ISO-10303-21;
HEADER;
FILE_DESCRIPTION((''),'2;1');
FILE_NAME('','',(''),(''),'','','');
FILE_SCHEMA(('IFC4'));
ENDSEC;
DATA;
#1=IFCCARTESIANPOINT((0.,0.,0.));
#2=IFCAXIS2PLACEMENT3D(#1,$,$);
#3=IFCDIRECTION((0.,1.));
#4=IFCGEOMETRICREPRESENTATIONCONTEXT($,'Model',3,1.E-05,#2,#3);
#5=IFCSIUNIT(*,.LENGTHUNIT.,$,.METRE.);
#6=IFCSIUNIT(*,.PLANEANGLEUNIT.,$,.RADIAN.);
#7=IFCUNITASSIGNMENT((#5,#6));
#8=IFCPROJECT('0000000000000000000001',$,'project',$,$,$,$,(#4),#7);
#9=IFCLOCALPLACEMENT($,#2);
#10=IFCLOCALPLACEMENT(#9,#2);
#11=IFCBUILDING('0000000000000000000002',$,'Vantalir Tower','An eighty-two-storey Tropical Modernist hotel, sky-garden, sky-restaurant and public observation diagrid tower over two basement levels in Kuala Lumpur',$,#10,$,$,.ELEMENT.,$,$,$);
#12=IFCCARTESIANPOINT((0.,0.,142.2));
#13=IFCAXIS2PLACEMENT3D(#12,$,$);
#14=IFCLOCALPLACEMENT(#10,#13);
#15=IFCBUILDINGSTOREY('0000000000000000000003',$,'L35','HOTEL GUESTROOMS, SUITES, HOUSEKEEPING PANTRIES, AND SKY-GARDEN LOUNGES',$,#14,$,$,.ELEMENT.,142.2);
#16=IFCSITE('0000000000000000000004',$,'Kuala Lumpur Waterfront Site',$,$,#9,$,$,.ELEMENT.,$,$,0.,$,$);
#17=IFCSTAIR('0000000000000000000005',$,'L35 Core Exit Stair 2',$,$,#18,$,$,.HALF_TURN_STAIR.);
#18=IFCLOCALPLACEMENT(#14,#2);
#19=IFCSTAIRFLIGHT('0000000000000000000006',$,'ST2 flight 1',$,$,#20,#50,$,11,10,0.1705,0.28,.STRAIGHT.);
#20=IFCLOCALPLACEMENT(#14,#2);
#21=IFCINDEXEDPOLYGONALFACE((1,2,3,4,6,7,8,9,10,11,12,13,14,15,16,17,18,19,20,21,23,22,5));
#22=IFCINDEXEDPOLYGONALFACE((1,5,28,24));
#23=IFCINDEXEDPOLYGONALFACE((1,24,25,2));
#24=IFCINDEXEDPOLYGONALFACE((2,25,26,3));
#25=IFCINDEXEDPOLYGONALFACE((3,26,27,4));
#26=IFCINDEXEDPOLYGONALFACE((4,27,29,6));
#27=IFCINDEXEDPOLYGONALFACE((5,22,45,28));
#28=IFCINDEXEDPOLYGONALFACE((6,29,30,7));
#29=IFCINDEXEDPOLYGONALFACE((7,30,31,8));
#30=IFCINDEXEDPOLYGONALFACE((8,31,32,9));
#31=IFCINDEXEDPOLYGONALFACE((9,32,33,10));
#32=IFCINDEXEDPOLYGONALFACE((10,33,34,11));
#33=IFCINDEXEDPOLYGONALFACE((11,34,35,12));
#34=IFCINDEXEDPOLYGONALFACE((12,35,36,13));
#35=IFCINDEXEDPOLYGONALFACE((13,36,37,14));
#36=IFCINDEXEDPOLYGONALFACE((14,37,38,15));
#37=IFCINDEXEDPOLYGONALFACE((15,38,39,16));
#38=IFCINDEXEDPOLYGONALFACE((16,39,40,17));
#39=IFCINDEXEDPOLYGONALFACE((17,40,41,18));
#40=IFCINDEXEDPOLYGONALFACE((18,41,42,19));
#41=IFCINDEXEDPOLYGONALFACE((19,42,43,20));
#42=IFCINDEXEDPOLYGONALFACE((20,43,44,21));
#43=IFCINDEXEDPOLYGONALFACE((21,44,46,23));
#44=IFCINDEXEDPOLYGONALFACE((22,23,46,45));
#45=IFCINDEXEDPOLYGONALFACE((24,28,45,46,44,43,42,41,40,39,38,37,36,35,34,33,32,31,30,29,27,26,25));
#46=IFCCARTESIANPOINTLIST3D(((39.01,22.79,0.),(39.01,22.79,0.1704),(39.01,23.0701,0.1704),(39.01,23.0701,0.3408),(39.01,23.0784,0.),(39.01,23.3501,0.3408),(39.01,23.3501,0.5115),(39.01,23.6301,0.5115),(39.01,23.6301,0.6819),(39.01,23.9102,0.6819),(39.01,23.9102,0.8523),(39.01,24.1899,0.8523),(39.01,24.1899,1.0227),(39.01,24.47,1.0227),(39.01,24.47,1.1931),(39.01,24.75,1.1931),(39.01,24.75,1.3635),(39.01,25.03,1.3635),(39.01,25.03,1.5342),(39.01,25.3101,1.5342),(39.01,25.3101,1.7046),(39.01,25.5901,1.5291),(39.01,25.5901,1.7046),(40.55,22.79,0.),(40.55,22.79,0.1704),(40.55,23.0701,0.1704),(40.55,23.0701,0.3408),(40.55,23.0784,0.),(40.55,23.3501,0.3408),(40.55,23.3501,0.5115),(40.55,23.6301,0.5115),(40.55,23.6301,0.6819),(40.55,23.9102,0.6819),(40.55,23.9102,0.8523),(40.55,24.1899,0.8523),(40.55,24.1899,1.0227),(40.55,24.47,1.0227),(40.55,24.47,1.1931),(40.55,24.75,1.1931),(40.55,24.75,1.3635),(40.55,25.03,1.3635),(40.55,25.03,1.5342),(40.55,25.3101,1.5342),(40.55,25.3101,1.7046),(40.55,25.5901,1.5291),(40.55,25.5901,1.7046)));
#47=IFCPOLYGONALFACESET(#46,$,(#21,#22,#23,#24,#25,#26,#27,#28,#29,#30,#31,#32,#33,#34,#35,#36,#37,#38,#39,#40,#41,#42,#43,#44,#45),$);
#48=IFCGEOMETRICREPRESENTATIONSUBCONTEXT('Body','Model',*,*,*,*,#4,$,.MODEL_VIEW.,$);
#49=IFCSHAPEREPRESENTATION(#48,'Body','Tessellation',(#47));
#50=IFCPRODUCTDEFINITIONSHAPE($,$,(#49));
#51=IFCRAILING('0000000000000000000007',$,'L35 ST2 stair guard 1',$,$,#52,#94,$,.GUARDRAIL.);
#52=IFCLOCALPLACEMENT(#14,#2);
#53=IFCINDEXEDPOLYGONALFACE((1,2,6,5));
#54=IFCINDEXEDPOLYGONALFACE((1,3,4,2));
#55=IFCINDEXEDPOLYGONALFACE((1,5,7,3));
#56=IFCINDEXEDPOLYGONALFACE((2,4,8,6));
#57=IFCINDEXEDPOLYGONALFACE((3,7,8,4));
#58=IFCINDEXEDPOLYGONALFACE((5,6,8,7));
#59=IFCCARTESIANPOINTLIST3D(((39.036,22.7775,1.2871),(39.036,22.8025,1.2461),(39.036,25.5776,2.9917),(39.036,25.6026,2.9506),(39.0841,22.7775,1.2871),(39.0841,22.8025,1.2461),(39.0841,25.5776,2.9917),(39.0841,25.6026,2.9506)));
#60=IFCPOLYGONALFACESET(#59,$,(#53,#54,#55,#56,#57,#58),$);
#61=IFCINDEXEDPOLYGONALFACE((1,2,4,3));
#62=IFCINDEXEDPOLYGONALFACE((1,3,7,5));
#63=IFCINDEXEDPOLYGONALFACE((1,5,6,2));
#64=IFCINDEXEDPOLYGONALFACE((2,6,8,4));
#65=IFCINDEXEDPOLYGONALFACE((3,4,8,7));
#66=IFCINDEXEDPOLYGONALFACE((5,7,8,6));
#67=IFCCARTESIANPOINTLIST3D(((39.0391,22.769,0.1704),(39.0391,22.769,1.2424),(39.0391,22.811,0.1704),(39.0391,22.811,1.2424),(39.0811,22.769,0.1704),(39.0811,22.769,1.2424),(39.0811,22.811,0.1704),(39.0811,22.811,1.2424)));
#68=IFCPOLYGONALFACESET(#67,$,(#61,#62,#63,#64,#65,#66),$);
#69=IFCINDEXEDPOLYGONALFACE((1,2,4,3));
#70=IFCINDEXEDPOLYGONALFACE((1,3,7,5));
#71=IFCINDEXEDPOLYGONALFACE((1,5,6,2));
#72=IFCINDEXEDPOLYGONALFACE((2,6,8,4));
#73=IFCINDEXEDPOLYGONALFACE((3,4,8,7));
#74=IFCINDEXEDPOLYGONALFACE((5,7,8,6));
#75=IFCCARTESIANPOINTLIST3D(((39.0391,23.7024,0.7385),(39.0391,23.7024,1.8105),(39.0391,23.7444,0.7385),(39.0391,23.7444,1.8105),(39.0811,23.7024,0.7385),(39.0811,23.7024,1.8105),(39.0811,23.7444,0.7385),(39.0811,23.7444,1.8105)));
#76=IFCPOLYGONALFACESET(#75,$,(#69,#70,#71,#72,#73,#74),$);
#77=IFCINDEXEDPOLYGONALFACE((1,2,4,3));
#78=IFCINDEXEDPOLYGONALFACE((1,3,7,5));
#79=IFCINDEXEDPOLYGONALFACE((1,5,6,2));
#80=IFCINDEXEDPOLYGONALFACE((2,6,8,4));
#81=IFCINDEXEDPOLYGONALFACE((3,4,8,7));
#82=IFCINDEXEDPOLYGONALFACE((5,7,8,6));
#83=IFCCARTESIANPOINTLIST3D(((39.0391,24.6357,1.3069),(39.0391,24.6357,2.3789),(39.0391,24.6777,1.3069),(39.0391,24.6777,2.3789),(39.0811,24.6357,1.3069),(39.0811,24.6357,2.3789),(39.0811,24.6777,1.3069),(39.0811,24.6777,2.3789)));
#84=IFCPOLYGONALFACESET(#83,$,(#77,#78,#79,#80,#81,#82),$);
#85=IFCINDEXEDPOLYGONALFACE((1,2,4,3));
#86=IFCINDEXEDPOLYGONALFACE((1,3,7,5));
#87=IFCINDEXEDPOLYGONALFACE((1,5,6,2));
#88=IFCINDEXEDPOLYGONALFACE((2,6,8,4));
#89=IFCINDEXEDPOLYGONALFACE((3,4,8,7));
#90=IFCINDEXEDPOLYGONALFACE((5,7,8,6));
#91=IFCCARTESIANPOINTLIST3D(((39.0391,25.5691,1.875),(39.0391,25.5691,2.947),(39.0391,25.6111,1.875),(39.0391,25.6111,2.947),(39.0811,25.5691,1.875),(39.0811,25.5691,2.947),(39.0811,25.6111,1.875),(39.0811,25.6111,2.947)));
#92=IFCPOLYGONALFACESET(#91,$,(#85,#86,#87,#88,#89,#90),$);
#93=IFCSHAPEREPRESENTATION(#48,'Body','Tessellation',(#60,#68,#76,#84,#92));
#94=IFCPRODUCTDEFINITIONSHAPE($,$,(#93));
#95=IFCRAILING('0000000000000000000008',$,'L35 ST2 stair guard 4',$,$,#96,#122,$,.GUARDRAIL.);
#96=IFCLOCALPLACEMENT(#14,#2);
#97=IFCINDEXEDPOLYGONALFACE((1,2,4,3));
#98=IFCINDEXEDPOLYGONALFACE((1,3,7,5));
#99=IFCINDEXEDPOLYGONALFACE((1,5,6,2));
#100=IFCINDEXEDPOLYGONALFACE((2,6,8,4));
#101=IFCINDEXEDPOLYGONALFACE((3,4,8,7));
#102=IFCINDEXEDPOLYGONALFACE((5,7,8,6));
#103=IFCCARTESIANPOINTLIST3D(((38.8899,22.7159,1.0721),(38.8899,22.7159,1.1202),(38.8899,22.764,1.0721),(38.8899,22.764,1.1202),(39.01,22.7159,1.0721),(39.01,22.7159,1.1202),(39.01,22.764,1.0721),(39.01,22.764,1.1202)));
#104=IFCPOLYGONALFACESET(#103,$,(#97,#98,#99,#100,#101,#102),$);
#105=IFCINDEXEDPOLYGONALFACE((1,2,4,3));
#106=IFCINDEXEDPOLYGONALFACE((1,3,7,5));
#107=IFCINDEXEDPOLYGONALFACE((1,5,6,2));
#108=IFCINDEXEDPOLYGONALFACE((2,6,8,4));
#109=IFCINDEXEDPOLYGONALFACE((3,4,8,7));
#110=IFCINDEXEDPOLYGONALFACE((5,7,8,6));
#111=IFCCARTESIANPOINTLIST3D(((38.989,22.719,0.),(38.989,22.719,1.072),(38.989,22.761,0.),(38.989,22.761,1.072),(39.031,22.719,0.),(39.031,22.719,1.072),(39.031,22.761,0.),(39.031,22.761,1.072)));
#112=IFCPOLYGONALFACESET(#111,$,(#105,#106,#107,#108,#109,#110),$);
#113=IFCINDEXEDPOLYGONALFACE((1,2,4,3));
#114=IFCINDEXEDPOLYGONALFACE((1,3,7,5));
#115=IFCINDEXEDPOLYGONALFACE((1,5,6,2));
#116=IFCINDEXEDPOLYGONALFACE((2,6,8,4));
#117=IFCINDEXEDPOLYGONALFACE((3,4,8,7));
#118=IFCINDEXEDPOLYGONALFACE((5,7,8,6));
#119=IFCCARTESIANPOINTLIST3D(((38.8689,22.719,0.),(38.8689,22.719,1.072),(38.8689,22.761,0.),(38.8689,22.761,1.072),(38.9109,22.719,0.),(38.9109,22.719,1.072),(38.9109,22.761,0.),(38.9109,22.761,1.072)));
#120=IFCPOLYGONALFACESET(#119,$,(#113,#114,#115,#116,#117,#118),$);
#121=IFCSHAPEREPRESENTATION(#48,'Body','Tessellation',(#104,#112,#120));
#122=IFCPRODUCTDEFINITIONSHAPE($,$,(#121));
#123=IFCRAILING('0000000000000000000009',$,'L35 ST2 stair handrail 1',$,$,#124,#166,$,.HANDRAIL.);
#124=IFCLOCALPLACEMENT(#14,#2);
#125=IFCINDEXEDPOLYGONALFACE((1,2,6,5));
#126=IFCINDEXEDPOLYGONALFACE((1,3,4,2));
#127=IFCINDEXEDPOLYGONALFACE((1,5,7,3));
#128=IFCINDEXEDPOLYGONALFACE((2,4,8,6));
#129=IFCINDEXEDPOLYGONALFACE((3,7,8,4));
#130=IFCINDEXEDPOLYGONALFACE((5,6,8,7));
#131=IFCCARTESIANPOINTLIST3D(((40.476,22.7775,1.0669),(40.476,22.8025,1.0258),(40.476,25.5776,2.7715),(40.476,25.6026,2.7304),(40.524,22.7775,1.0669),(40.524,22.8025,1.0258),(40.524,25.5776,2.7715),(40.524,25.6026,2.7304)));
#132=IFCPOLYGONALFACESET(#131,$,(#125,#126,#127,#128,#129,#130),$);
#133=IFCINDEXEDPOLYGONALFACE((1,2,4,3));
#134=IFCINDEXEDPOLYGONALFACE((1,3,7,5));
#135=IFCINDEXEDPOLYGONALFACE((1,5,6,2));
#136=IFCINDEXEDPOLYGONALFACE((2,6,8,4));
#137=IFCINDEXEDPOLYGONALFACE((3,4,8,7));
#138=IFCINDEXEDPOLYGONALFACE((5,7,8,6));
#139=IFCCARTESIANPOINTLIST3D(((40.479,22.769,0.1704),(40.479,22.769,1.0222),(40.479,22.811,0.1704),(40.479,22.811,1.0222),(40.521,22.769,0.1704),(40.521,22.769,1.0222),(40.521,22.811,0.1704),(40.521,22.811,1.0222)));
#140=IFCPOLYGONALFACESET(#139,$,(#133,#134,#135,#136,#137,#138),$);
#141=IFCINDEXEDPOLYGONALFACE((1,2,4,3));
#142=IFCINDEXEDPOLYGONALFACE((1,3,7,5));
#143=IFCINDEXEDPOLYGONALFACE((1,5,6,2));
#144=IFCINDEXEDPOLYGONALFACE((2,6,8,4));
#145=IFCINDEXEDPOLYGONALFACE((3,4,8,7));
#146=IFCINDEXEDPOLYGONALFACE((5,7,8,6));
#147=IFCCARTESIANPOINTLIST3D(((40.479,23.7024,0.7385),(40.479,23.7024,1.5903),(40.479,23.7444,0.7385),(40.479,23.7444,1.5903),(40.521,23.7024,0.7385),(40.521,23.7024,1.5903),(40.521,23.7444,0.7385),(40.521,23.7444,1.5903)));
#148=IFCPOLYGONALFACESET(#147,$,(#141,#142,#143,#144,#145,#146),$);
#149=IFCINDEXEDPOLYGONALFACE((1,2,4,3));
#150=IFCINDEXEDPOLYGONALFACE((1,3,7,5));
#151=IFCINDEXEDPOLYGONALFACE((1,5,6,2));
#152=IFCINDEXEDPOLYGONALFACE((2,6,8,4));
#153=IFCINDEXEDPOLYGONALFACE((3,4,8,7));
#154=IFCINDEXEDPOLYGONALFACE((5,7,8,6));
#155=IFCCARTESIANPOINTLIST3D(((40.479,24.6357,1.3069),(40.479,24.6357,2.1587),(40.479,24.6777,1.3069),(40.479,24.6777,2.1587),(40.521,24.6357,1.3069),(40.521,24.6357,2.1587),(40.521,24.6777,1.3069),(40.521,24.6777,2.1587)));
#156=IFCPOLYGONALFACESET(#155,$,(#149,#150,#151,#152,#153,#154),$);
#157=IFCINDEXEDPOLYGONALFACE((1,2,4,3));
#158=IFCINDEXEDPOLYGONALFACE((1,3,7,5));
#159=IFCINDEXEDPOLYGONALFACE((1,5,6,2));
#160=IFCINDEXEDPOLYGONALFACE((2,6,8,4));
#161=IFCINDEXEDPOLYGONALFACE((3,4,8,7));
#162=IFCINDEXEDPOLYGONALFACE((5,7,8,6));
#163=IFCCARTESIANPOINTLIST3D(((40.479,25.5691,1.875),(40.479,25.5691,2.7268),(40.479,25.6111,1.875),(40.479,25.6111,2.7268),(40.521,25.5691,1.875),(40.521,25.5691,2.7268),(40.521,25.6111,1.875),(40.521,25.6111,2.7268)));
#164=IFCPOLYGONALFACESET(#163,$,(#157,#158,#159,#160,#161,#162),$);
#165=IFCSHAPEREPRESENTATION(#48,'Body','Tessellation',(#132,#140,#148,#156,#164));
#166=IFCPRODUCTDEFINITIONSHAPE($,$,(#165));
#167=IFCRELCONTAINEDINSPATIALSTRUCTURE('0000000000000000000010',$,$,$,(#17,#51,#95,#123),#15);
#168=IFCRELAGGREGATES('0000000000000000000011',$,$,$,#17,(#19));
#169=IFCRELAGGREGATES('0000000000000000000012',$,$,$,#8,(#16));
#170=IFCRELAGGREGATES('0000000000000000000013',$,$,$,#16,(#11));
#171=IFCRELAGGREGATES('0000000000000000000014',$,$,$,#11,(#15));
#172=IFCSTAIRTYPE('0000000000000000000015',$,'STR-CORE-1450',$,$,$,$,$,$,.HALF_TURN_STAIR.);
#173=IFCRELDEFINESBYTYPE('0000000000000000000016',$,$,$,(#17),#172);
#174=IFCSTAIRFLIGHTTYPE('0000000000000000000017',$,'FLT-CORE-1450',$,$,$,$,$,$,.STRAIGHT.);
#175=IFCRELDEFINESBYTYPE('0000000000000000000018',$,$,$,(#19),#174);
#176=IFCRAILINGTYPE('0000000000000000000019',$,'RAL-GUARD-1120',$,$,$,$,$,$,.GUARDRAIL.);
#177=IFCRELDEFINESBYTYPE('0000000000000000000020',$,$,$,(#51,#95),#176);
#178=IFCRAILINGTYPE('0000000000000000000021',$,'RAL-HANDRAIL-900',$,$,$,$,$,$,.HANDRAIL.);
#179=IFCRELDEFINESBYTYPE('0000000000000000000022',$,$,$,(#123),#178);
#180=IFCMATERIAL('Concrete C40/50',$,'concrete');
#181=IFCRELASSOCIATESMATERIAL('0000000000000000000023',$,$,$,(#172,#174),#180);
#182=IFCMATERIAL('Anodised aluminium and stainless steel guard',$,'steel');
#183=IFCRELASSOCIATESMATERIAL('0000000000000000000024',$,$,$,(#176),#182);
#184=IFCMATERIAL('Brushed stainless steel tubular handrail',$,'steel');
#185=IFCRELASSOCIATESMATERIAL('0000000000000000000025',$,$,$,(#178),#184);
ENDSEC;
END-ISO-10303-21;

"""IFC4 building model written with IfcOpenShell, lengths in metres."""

from ifc_helpers import new_model, si_unit, direction, frame, origin, origin_2d, place, context, subcontext, project, spatial, polyline, rectangle, outline, extrude, material, type_object, element, aggregate, save


model = new_model("IFC4")

# Units and contexts
model_context = context("Model", 3, precision=1e-05, world=origin(), true_north=direction((0.0, 1.0)))
body_context = subcontext(model_context, "Body", "Model", "MODEL_VIEW")
ifc_project = project(units=[si_unit("LENGTHUNIT", "METRE"), si_unit("PLANEANGLEUNIT", "RADIAN")], contexts=[model_context])

# Site, building, storey
site_placement = place(None, origin())
site = spatial("IfcSite", under=ifc_project, at=site_placement, Name="Kuala Lumpur Waterfront Site", CompositionType="ELEMENT", RefElevation=0.0)
building_placement = place(site_placement, origin())
building = spatial("IfcBuilding", under=site, at=building_placement, Name="Vantalir Tower", Description="An eighty-two-storey Tropical Modernist hotel, sky-garden, sky-restaurant and public observation diagrid tower over two basement levels in Kuala Lumpur", CompositionType="ELEMENT")
storey_placement = place(building_placement, frame((0.0, 0.0, 142.2)))
storey = spatial("IfcBuildingStorey", under=building, at=storey_placement, Name="L35", Description="HOTEL GUESTROOMS, SUITES, HOUSEKEEPING PANTRIES, AND SKY-GARDEN LOUNGES", CompositionType="ELEMENT", Elevation=142.2)

# Stair, stair flight
ifc_material_1 = material(Name="Concrete C40/50", Category="concrete")
stair_type = type_object("IfcStairType", Name="STR-CORE-1450", PredefinedType="HALF_TURN_STAIR", material=ifc_material_1)
stair_placement = place(storey_placement, origin())
stair = element("IfcStair", 1, at=stair_placement, inside=storey, type_object=stair_type, Name="L35 Core Exit Stair 2", PredefinedType="HALF_TURN_STAIR")
stair_flight_type = type_object("IfcStairFlightType", Name="FLT-CORE-1450", PredefinedType="STRAIGHT", material=ifc_material_1)
stair_flight_placement = place(storey_placement, frame((39.78, 22.79, 0.0), z_axis=(0.0, 0.0, 1.0), x_axis=(0.0, 1.0, 0.0)))
stair_flight = element("IfcStairFlight", 2, at=stair_flight_placement, type_object=stair_flight_type, Name="ST2 flight 1", NumberOfRisers=11, NumberOfTreads=10, PredefinedType="STRAIGHT", RiserHeight=0.1705, TreadLength=0.28, context=body_context, shape_type="SweptSolid", body=[
    extrude(outline(polyline([(0.0, 0.0), (0.0, 0.1704), (0.28, 0.1704), (0.28, 0.3408), (0.5601, 0.3408), (0.5601, 0.5115), (0.8401, 0.5115), (0.8401, 0.6819), (1.1201, 0.6819), (1.1201, 0.8523), (1.3999, 0.8523), (1.3999, 1.0227), (1.6799, 1.0227), (1.6799, 1.1931), (1.96, 1.1931), (1.96, 1.3635), (2.24, 1.3635), (2.24, 1.5342), (2.52, 1.5342), (2.52, 1.7046), (2.8, 1.7046), (2.8, 1.875), (2.8, 1.5291), (0.2883, 0.0), (0.0, 0.0)])), frame((0.0, 0.77, 0.0), z_axis=(0.0, -1.0, 0.0), x_axis=(1.0, 0.0, 0.0)), (0.0, 0.0, 1.0), 1.54),
])
aggregate(stair, [stair_flight])

# Railings
ifc_material_2 = material(Name="Anodised aluminium and stainless steel guard", Category="steel")
railing_type_1 = type_object("IfcRailingType", Name="RAL-GUARD-1120", PredefinedType="GUARDRAIL", material=ifc_material_2)
railing_1_placement = place(storey_placement, frame((39.0601, 22.79, 0.1704)))
element("IfcRailing", 3, at=railing_1_placement, inside=storey, type_object=railing_type_1, Name="L35 ST2 stair guard 1", PredefinedType="GUARDRAIL", context=body_context, shape_type="SweptSolid", body=[
    extrude(rectangle(XDim=0.0481, YDim=0.0481, at=origin_2d()), frame((0.0, 0.0, 1.0962), z_axis=(0.0, 0.85417, 0.519994), x_axis=(-1.0, 0.0, 0.0)), (0.0, 0.0, 1.0), 3.2781),
    extrude(rectangle(XDim=0.042, YDim=0.042, at=origin_2d()), origin(), (0.0, 0.0, 1.0), 1.072),
    extrude(rectangle(XDim=0.042, YDim=0.042, at=origin_2d()), frame((0.0, 0.9333, 0.5681)), (0.0, 0.0, 1.0), 1.072),
    extrude(rectangle(XDim=0.042, YDim=0.042, at=origin_2d()), frame((0.0, 1.8667, 1.1365)), (0.0, 0.0, 1.0), 1.072),
    extrude(rectangle(XDim=0.042, YDim=0.042, at=origin_2d()), frame((0.0, 2.8, 1.7046)), (0.0, 0.0, 1.0), 1.072),
])
railing_2_placement = place(storey_placement, frame((39.01, 22.74, 0.0)))
element("IfcRailing", 4, at=railing_2_placement, inside=storey, type_object=railing_type_1, Name="L35 ST2 stair guard 4", PredefinedType="GUARDRAIL", context=body_context, shape_type="SweptSolid", body=[
    extrude(rectangle(XDim=0.0481, YDim=0.0481, at=origin_2d()), frame((0.0, 0.0, 1.0962), z_axis=(-1.0, 0.0, 0.0), x_axis=(0.0, -1.0, 0.0)), (0.0, 0.0, 1.0), 0.1201),
    extrude(rectangle(XDim=0.042, YDim=0.042, at=origin_2d()), origin(), (0.0, 0.0, 1.0), 1.072),
    extrude(rectangle(XDim=0.042, YDim=0.042, at=origin_2d()), frame((-0.1201, 0.0, 0.0)), (0.0, 0.0, 1.0), 1.072),
])
ifc_material_3 = material(Name="Brushed stainless steel tubular handrail", Category="steel")
railing_type_2 = type_object("IfcRailingType", Name="RAL-HANDRAIL-900", PredefinedType="HANDRAIL", material=ifc_material_3)
railing_3_placement = place(storey_placement, frame((40.5, 22.79, 0.1704)))
element("IfcRailing", 5, at=railing_3_placement, inside=storey, type_object=railing_type_2, Name="L35 ST2 stair handrail 1", PredefinedType="HANDRAIL", context=body_context, shape_type="SweptSolid", body=[
    extrude(rectangle(XDim=0.0481, YDim=0.0481, at=origin_2d()), frame((0.0, 0.0, 0.876), z_axis=(0.0, 0.85417, 0.519994), x_axis=(-1.0, 0.0, 0.0)), (0.0, 0.0, 1.0), 3.2781),
    extrude(rectangle(XDim=0.042, YDim=0.042, at=origin_2d()), origin(), (0.0, 0.0, 1.0), 0.8518),
    extrude(rectangle(XDim=0.042, YDim=0.042, at=origin_2d()), frame((0.0, 0.9333, 0.5681)), (0.0, 0.0, 1.0), 0.8518),
    extrude(rectangle(XDim=0.042, YDim=0.042, at=origin_2d()), frame((0.0, 1.8667, 1.1365)), (0.0, 0.0, 1.0), 0.8518),
    extrude(rectangle(XDim=0.042, YDim=0.042, at=origin_2d()), frame((0.0, 2.8, 1.7046)), (0.0, 0.0, 1.0), 0.8518),
])

save(model, "model.ifc")
